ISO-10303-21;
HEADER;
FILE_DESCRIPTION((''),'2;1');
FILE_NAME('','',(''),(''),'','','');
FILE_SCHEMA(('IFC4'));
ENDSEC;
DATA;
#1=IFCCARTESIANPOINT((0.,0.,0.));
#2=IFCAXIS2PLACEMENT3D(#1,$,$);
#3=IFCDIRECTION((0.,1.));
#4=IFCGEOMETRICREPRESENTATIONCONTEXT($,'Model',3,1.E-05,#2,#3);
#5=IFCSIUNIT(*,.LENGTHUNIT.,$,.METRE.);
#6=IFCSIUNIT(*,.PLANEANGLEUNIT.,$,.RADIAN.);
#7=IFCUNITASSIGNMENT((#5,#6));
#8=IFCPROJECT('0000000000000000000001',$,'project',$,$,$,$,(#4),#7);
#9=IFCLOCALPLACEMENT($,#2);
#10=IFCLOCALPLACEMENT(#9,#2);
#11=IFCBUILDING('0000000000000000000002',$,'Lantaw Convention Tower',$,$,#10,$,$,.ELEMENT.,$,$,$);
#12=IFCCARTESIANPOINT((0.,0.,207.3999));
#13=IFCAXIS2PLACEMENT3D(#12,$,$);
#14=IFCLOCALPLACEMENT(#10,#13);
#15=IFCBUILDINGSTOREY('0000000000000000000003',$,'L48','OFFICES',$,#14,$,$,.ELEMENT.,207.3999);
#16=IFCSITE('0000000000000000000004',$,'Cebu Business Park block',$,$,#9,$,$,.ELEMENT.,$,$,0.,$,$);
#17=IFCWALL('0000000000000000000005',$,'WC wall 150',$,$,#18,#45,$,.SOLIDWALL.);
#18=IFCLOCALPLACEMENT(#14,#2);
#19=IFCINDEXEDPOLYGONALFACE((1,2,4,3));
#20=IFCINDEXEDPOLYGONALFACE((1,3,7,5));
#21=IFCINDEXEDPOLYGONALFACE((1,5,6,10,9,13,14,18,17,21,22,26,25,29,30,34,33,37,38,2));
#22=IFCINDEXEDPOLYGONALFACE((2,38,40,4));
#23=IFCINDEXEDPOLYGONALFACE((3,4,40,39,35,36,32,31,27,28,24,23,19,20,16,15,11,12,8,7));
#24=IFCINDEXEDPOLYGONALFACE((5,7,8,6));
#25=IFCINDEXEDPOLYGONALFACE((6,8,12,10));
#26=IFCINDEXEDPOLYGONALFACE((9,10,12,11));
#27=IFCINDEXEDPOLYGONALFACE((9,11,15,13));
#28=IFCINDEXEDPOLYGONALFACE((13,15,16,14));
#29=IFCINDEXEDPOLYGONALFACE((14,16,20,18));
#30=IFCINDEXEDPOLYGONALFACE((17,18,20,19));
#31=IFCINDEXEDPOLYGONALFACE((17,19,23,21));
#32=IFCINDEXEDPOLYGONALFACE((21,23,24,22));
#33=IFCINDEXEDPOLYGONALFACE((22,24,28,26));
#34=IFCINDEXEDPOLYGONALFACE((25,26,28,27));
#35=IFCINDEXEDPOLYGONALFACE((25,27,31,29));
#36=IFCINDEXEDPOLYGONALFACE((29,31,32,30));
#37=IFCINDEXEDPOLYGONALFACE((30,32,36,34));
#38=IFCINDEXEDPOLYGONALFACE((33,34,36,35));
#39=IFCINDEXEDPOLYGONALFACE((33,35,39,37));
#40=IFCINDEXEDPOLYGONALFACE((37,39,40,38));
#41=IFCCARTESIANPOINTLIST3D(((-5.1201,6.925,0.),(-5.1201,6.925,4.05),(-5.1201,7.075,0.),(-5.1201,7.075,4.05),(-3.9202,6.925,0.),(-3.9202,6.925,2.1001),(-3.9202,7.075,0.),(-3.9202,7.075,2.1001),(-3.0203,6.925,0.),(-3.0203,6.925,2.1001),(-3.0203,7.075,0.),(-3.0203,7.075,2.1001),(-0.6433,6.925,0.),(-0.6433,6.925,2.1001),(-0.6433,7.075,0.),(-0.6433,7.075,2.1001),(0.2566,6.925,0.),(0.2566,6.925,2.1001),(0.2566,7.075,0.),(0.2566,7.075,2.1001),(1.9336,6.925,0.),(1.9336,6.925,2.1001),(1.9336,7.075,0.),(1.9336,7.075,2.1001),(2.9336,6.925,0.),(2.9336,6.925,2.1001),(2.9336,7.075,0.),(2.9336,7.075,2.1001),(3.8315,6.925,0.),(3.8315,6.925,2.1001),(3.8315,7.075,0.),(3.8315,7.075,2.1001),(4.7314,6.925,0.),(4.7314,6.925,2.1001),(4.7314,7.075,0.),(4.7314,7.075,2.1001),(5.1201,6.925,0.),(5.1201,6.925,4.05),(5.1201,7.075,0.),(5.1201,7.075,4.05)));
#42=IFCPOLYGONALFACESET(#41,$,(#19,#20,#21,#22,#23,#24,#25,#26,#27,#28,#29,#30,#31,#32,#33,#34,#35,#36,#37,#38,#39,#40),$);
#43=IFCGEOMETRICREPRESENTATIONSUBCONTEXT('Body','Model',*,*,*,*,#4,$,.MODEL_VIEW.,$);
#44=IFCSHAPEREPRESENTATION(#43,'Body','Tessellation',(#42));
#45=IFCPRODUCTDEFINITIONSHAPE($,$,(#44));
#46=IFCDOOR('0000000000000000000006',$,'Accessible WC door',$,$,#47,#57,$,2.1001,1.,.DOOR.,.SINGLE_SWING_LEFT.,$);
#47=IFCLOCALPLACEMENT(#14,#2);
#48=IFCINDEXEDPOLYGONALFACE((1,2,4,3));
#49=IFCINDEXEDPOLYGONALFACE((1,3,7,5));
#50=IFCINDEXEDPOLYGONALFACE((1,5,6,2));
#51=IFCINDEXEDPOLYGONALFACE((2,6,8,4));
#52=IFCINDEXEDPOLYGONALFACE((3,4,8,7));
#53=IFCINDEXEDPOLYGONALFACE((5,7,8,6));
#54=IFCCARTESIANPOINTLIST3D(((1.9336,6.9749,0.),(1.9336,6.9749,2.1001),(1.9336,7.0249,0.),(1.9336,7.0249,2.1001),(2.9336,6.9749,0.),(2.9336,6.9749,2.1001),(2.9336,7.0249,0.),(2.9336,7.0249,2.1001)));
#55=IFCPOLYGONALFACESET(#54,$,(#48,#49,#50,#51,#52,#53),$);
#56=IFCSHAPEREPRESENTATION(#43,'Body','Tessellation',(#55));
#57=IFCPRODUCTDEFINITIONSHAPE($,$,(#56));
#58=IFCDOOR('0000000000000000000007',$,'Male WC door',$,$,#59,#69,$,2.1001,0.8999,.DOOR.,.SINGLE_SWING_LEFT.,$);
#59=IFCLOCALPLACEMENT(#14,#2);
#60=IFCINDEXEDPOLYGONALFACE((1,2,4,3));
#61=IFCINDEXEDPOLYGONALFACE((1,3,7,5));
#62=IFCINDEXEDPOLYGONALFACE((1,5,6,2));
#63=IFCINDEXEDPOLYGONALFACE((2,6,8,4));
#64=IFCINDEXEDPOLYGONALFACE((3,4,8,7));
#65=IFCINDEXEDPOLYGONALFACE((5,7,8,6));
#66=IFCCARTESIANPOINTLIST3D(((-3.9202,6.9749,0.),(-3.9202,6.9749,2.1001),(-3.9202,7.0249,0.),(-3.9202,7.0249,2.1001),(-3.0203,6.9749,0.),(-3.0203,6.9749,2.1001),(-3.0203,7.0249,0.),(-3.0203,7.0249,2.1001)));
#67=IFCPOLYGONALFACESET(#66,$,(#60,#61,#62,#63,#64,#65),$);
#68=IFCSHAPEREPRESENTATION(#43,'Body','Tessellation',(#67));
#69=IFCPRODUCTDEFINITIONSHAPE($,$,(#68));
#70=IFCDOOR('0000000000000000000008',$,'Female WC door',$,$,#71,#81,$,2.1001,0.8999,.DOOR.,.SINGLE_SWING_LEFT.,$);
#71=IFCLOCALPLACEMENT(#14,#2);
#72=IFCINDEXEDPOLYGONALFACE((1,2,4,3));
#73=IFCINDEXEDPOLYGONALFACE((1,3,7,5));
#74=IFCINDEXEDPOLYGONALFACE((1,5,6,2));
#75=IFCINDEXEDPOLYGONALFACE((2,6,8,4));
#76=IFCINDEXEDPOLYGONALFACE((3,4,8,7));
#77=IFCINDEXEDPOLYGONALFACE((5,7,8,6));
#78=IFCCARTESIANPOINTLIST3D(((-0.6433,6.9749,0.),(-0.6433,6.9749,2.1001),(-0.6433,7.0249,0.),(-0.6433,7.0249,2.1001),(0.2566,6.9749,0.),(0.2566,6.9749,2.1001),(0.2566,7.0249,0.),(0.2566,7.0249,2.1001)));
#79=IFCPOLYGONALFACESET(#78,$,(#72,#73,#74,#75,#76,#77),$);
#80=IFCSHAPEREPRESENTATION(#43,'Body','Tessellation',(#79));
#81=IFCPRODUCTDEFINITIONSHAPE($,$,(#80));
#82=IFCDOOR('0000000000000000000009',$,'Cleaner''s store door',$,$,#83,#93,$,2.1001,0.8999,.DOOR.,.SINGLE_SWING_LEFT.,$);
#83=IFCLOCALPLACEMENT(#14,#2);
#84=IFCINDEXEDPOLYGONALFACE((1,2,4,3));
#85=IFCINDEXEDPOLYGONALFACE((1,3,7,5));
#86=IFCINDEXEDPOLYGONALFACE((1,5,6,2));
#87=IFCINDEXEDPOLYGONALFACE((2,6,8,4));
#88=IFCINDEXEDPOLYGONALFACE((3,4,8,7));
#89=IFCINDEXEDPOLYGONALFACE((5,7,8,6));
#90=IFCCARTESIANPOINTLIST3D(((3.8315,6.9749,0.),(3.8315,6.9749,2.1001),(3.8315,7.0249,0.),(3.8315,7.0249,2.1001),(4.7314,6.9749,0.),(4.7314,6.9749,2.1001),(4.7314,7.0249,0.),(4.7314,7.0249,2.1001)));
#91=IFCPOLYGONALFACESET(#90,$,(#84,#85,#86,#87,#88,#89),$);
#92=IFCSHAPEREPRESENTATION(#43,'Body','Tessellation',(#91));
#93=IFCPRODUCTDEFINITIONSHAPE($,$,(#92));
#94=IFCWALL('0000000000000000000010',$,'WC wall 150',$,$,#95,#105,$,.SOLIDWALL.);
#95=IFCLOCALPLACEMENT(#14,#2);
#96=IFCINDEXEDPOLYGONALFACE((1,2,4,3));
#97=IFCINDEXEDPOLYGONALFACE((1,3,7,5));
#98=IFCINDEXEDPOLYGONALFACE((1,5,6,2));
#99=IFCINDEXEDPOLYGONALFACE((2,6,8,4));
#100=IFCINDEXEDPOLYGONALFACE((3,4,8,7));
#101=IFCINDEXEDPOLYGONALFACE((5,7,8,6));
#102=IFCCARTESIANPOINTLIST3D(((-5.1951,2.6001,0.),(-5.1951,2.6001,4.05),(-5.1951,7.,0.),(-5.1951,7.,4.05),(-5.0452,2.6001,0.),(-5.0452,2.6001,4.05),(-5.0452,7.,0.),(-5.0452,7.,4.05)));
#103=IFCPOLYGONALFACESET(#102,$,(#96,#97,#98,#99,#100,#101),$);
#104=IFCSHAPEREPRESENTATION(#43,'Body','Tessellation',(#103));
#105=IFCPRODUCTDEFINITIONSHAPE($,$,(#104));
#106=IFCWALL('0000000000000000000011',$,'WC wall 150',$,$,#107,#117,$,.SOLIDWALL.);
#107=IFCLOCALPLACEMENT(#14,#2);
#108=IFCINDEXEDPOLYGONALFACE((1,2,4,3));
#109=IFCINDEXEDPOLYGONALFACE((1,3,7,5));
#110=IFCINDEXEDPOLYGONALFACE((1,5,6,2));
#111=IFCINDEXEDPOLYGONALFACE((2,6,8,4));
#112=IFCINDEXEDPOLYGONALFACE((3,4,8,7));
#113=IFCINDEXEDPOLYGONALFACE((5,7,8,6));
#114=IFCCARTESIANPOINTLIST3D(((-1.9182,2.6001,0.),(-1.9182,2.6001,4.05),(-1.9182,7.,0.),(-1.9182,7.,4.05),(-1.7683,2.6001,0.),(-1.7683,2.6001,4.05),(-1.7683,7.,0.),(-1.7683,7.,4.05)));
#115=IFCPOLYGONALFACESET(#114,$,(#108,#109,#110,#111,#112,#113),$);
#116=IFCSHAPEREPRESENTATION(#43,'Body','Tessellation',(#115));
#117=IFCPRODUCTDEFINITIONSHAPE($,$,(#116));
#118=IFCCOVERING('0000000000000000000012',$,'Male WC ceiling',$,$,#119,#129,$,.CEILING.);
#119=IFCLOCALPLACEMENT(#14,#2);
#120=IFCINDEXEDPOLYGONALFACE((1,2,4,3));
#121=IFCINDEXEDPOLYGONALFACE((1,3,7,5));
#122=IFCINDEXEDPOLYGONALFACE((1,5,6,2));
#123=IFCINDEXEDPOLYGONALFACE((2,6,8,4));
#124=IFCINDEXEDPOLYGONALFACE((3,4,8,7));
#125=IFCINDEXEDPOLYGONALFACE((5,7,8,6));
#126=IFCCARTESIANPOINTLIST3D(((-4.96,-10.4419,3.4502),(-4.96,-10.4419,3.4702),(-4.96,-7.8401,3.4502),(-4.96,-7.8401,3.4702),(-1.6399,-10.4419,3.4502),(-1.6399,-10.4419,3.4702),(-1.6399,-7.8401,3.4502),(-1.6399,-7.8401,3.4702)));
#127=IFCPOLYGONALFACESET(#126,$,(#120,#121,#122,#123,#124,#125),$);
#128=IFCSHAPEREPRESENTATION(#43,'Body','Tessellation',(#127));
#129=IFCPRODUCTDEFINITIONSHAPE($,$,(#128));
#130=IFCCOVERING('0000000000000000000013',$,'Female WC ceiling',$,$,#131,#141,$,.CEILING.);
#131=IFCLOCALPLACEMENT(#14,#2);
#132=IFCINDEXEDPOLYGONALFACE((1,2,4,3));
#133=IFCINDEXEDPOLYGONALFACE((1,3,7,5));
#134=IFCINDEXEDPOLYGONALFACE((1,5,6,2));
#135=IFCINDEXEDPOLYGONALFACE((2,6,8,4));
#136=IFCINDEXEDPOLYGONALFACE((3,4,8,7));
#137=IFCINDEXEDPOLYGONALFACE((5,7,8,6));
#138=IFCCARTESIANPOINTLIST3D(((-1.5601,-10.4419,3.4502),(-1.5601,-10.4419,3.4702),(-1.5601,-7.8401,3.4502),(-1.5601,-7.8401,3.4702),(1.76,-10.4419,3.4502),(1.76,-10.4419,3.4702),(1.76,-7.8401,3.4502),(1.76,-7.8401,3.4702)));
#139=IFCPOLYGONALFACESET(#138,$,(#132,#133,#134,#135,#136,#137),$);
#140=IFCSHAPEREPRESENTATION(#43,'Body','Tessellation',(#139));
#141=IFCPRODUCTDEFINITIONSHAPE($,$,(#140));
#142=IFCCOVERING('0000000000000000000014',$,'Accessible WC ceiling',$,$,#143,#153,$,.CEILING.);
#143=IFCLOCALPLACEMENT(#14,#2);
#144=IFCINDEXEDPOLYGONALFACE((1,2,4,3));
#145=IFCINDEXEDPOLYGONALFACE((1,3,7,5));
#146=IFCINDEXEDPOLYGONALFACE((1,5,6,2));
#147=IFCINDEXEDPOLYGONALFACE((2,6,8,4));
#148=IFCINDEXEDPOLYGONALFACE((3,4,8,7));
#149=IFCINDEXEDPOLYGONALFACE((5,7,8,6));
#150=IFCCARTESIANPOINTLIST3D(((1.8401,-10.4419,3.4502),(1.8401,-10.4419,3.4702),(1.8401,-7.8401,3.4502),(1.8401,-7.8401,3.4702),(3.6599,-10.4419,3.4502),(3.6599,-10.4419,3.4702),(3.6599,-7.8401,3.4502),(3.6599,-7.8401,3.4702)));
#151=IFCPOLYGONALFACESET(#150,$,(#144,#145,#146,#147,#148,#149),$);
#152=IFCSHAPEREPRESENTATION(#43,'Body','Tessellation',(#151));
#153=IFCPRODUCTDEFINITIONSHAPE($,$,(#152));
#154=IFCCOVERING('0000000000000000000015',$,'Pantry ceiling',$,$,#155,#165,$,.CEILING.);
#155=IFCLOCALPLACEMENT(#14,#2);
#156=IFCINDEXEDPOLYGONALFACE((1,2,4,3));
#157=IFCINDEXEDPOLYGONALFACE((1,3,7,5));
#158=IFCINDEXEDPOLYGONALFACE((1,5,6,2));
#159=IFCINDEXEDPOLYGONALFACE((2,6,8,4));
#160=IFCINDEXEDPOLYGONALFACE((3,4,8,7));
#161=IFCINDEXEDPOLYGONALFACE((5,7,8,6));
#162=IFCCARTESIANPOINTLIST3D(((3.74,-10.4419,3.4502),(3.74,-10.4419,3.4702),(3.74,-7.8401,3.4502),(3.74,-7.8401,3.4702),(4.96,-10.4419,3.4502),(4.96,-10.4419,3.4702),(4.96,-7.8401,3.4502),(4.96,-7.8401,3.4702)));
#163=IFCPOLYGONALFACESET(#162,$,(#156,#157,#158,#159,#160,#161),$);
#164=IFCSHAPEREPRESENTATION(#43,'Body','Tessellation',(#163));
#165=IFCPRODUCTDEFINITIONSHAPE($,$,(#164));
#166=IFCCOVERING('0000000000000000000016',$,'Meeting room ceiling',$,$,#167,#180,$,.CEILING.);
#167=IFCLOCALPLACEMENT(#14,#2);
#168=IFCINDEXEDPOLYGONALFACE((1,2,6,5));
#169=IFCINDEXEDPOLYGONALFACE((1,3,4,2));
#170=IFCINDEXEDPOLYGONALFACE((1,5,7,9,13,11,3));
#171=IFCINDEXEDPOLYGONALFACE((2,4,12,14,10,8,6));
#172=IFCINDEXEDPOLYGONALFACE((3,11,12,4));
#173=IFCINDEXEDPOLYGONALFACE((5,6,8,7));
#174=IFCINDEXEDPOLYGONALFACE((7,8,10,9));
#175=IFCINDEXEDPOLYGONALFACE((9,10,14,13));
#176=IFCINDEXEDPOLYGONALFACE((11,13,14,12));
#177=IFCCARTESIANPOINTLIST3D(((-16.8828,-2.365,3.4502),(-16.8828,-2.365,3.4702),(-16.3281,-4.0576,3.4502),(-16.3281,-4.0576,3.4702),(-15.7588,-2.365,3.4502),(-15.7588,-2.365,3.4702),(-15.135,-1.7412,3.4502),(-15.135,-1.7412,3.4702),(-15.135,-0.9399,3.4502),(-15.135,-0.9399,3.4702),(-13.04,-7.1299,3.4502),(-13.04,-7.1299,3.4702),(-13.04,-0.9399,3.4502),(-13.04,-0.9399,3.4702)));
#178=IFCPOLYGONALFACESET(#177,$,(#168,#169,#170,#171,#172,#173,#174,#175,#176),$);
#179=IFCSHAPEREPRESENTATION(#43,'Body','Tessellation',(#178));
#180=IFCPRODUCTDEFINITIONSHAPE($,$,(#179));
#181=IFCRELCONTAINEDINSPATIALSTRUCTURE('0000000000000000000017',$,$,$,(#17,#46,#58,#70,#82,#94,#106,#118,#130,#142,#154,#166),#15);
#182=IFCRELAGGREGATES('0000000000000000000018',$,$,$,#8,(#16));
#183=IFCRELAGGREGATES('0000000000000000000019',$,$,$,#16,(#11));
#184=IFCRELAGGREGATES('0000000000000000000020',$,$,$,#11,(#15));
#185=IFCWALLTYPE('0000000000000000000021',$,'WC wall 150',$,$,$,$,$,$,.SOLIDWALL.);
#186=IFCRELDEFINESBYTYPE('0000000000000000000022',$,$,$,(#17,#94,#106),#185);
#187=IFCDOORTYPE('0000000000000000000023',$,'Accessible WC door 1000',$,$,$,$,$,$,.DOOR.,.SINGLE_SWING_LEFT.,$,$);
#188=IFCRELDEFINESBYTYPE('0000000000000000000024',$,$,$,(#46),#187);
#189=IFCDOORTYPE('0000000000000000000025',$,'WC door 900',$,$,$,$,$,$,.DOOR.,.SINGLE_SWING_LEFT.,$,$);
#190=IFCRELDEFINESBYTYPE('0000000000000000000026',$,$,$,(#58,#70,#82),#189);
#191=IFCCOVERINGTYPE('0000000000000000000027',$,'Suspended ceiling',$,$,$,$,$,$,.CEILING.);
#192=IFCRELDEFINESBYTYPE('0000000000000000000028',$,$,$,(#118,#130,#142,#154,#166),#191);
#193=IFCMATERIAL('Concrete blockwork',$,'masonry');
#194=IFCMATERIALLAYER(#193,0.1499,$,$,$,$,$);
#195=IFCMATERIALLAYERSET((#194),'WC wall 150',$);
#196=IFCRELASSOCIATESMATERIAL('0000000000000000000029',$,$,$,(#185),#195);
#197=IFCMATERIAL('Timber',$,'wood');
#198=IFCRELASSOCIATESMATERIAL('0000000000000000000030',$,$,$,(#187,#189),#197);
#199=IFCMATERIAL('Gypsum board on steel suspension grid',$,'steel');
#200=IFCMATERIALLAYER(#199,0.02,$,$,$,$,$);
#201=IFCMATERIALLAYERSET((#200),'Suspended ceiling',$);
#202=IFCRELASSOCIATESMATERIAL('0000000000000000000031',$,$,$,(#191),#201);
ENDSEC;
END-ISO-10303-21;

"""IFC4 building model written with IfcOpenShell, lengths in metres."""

from ifc_helpers import new_model, si_unit, direction, frame, frame_2d, origin, place, context, subcontext, project, spatial, polyline, rectangle, outline, extrude, material, layer, layer_set, type_object, element, fill, save


model = new_model("IFC4")

# Units and contexts
model_context = context("Model", 3, precision=1e-05, world=origin(), true_north=direction((0.0, 1.0)))
body_context = subcontext(model_context, "Body", "Model", "MODEL_VIEW")
ifc_project = project(units=[si_unit("LENGTHUNIT", "METRE"), si_unit("PLANEANGLEUNIT", "RADIAN")], contexts=[model_context])

# Site, building, storey
site_placement = place(None, origin())
site = spatial("IfcSite", under=ifc_project, at=site_placement, Name="Cebu Business Park block", CompositionType="ELEMENT", RefElevation=0.0)
building_placement = place(site_placement, origin())
building = spatial("IfcBuilding", under=site, at=building_placement, Name="Lantaw Convention Tower", CompositionType="ELEMENT")
storey_placement = place(building_placement, frame((0.0, 0.0, 207.3999)))
storey = spatial("IfcBuildingStorey", under=building, at=storey_placement, Name="L48", Description="OFFICES", CompositionType="ELEMENT", Elevation=207.3999)

# Wall, openings, doors
ifc_material_1 = material(Name="Concrete blockwork", Category="masonry")
ifc_layer_1 = layer(ifc_material_1, 0.1499)
ifc_layer_set_1 = layer_set([ifc_layer_1], Name="WC wall 150")
wall_type_1 = type_object("IfcWallType", Name="WC wall 150", PredefinedType="SOLIDWALL", material=ifc_layer_set_1)
wall_1_placement = place(storey_placement, frame((-5.1201, 7.0, 0.0), z_axis=(0.0, 0.0, 1.0), x_axis=(1.0, 0.0, 0.0)))
wall_1 = element("IfcWall", 1, at=wall_1_placement, inside=storey, type_object=wall_type_1, Name="WC wall 150", PredefinedType="SOLIDWALL", context=body_context, shape_type="SweptSolid", body=[
    extrude(rectangle(XDim=10.2402, YDim=0.1499, at=frame_2d((5.1201, 0.0))), origin(), (0.0, 0.0, 1.0), 4.05),
])
opening_1_placement = place(wall_1_placement, frame((1.2, 0.0, 0.0)))
opening_1 = element("IfcOpeningElement", 2, at=opening_1_placement, cuts=wall_1, PredefinedType="OPENING", context=body_context, shape_type="SweptSolid", body=[
    extrude(rectangle(XDim=0.8999, YDim=2.1001, at=frame_2d((0.45, 1.05))), frame((0.0, 0.085, 0.0), z_axis=(0.0, -1.0, 0.0), x_axis=(1.0, 0.0, 0.0)), (0.0, 0.0, 1.0), 0.1699),
])
opening_2_placement = place(wall_1_placement, frame((4.4768, 0.0, 0.0)))
opening_2 = element("IfcOpeningElement", 3, at=opening_2_placement, cuts=wall_1, PredefinedType="OPENING", context=body_context, shape_type="SweptSolid", body=[
    extrude(rectangle(XDim=0.8999, YDim=2.1001, at=frame_2d((0.45, 1.05))), frame((0.0, 0.085, 0.0), z_axis=(0.0, -1.0, 0.0), x_axis=(1.0, 0.0, 0.0)), (0.0, 0.0, 1.0), 0.1699),
])
opening_3_placement = place(wall_1_placement, frame((7.0537, 0.0, 0.0)))
opening_3 = element("IfcOpeningElement", 4, at=opening_3_placement, cuts=wall_1, PredefinedType="OPENING", context=body_context, shape_type="SweptSolid", body=[
    extrude(rectangle(XDim=1.0, YDim=2.1001, at=frame_2d((0.5, 1.05))), frame((0.0, 0.085, 0.0), z_axis=(0.0, -1.0, 0.0), x_axis=(1.0, 0.0, 0.0)), (0.0, 0.0, 1.0), 0.1699),
])
opening_4_placement = place(wall_1_placement, frame((8.9517, 0.0, 0.0)))
opening_4 = element("IfcOpeningElement", 5, at=opening_4_placement, cuts=wall_1, PredefinedType="OPENING", context=body_context, shape_type="SweptSolid", body=[
    extrude(rectangle(XDim=0.8999, YDim=2.1001, at=frame_2d((0.45, 1.05))), frame((0.0, 0.085, 0.0), z_axis=(0.0, -1.0, 0.0), x_axis=(1.0, 0.0, 0.0)), (0.0, 0.0, 1.0), 0.1699),
])
ifc_material_2 = material(Name="Timber", Category="wood")
door_type_1 = type_object("IfcDoorType", Name="Accessible WC door 1000", OperationType="SINGLE_SWING_LEFT", PredefinedType="DOOR", material=ifc_material_2)
door_1_placement = place(opening_3_placement, origin())
door_1 = element("IfcDoor", 6, at=door_1_placement, inside=storey, type_object=door_type_1, Name="Accessible WC door", OperationType="SINGLE_SWING_LEFT", OverallHeight=2.1001, OverallWidth=1.0, PredefinedType="DOOR", context=body_context, shape_type="SweptSolid", body=[
    extrude(rectangle(XDim=1.0, YDim=2.1001, at=frame_2d((0.5, 1.05))), frame((0.0, 0.0249, 0.0), z_axis=(0.0, -1.0, 0.0), x_axis=(1.0, 0.0, 0.0)), (0.0, 0.0, 1.0), 0.05),
])
fill(opening_3, door_1)
door_type_2 = type_object("IfcDoorType", Name="WC door 900", OperationType="SINGLE_SWING_LEFT", PredefinedType="DOOR", material=ifc_material_2)
door_2_placement = place(opening_1_placement, origin())
door_2 = element("IfcDoor", 7, at=door_2_placement, inside=storey, type_object=door_type_2, Name="Male WC door", OperationType="SINGLE_SWING_LEFT", OverallHeight=2.1001, OverallWidth=0.8999, PredefinedType="DOOR", context=body_context, shape_type="SweptSolid", body=[
    extrude(rectangle(XDim=0.8999, YDim=2.1001, at=frame_2d((0.45, 1.05))), frame((0.0, 0.0249, 0.0), z_axis=(0.0, -1.0, 0.0), x_axis=(1.0, 0.0, 0.0)), (0.0, 0.0, 1.0), 0.05),
])
fill(opening_1, door_2)
door_3_placement = place(opening_2_placement, origin())
door_3 = element("IfcDoor", 8, at=door_3_placement, inside=storey, type_object=door_type_2, Name="Female WC door", OperationType="SINGLE_SWING_LEFT", OverallHeight=2.1001, OverallWidth=0.8999, PredefinedType="DOOR", context=body_context, shape_type="SweptSolid", body=[
    extrude(rectangle(XDim=0.8999, YDim=2.1001, at=frame_2d((0.45, 1.05))), frame((0.0, 0.0249, 0.0), z_axis=(0.0, -1.0, 0.0), x_axis=(1.0, 0.0, 0.0)), (0.0, 0.0, 1.0), 0.05),
])
fill(opening_2, door_3)
door_4_placement = place(opening_4_placement, origin())
door_4 = element("IfcDoor", 9, at=door_4_placement, inside=storey, type_object=door_type_2, Name="Cleaner's store door", OperationType="SINGLE_SWING_LEFT", OverallHeight=2.1001, OverallWidth=0.8999, PredefinedType="DOOR", context=body_context, shape_type="SweptSolid", body=[
    extrude(rectangle(XDim=0.8999, YDim=2.1001, at=frame_2d((0.45, 1.05))), frame((0.0, 0.0249, 0.0), z_axis=(0.0, -1.0, 0.0), x_axis=(1.0, 0.0, 0.0)), (0.0, 0.0, 1.0), 0.05),
])
fill(opening_4, door_4)

# Walls
for number, where, z_axis, x_axis, name in (
    (10, (-5.1201, 2.6001, 0.0), (0.0, 0.0, 1.0), (0.0, 1.0, 0.0), "WC wall 150"),
    (11, (-1.8433, 2.6001, 0.0), (0.0, 0.0, 1.0), (0.0, 1.0, 0.0), "WC wall 150"),
):
    element("IfcWall", number, at=place(storey_placement, frame(where, z_axis=z_axis, x_axis=x_axis)), inside=storey, type_object=wall_type_1, Name=name, PredefinedType="SOLIDWALL", context=body_context, shape_type="SweptSolid", body=[
        extrude(rectangle(XDim=4.3999, YDim=0.1499, at=frame_2d((2.2, 0.0))), origin(), (0.0, 0.0, 1.0), 4.05),
    ])

# Coverings
ifc_material_3 = material(Name="Gypsum board on steel suspension grid", Category="steel")
ifc_layer_2 = layer(ifc_material_3, 0.02)
ifc_layer_set_2 = layer_set([ifc_layer_2], Name="Suspended ceiling")
covering_type = type_object("IfcCoveringType", Name="Suspended ceiling", PredefinedType="CEILING", material=ifc_layer_set_2)
covering_1_placement = place(storey_placement, frame((0.0, 0.0, 3.4502)))
element("IfcCovering", 12, at=covering_1_placement, inside=storey, type_object=covering_type, Name="Male WC ceiling", PredefinedType="CEILING", context=body_context, shape_type="SweptSolid", body=[
    extrude(outline(polyline([(-4.96, -10.4419), (-1.6399, -10.4419), (-1.6399, -7.8401), (-4.96, -7.8401), (-4.96, -10.4419)])), origin(), (0.0, 0.0, 1.0), 0.02),
])
covering_2_placement = place(storey_placement, frame((0.0, 0.0, 3.4502)))
element("IfcCovering", 13, at=covering_2_placement, inside=storey, type_object=covering_type, Name="Female WC ceiling", PredefinedType="CEILING", context=body_context, shape_type="SweptSolid", body=[
    extrude(outline(polyline([(-1.5601, -10.4419), (1.76, -10.4419), (1.76, -7.8401), (-1.5601, -7.8401), (-1.5601, -10.4419)])), origin(), (0.0, 0.0, 1.0), 0.02),
])
covering_3_placement = place(storey_placement, frame((0.0, 0.0, 3.4502)))
element("IfcCovering", 14, at=covering_3_placement, inside=storey, type_object=covering_type, Name="Accessible WC ceiling", PredefinedType="CEILING", context=body_context, shape_type="SweptSolid", body=[
    extrude(outline(polyline([(1.8401, -10.4419), (3.6599, -10.4419), (3.6599, -7.8401), (1.8401, -7.8401), (1.8401, -10.4419)])), origin(), (0.0, 0.0, 1.0), 0.02),
])
covering_4_placement = place(storey_placement, frame((0.0, 0.0, 3.4502)))
element("IfcCovering", 15, at=covering_4_placement, inside=storey, type_object=covering_type, Name="Pantry ceiling", PredefinedType="CEILING", context=body_context, shape_type="SweptSolid", body=[
    extrude(outline(polyline([(3.74, -10.4419), (4.96, -10.4419), (4.96, -7.8401), (3.74, -7.8401), (3.74, -10.4419)])), origin(), (0.0, 0.0, 1.0), 0.02),
])
covering_5_placement = place(storey_placement, frame((0.0, 0.0, 3.4502)))
element("IfcCovering", 16, at=covering_5_placement, inside=storey, type_object=covering_type, Name="Meeting room ceiling", PredefinedType="CEILING", context=body_context, shape_type="SweptSolid", body=[
    extrude(outline(polyline([(-16.3281, -4.0576), (-13.04, -7.1299), (-13.04, -0.9399), (-15.135, -0.9399), (-15.135, -1.7412), (-15.7588, -2.365), (-16.8828, -2.365), (-16.3281, -4.0576)])), origin(), (0.0, 0.0, 1.0), 0.02),
])

save(model, "model.ifc")
